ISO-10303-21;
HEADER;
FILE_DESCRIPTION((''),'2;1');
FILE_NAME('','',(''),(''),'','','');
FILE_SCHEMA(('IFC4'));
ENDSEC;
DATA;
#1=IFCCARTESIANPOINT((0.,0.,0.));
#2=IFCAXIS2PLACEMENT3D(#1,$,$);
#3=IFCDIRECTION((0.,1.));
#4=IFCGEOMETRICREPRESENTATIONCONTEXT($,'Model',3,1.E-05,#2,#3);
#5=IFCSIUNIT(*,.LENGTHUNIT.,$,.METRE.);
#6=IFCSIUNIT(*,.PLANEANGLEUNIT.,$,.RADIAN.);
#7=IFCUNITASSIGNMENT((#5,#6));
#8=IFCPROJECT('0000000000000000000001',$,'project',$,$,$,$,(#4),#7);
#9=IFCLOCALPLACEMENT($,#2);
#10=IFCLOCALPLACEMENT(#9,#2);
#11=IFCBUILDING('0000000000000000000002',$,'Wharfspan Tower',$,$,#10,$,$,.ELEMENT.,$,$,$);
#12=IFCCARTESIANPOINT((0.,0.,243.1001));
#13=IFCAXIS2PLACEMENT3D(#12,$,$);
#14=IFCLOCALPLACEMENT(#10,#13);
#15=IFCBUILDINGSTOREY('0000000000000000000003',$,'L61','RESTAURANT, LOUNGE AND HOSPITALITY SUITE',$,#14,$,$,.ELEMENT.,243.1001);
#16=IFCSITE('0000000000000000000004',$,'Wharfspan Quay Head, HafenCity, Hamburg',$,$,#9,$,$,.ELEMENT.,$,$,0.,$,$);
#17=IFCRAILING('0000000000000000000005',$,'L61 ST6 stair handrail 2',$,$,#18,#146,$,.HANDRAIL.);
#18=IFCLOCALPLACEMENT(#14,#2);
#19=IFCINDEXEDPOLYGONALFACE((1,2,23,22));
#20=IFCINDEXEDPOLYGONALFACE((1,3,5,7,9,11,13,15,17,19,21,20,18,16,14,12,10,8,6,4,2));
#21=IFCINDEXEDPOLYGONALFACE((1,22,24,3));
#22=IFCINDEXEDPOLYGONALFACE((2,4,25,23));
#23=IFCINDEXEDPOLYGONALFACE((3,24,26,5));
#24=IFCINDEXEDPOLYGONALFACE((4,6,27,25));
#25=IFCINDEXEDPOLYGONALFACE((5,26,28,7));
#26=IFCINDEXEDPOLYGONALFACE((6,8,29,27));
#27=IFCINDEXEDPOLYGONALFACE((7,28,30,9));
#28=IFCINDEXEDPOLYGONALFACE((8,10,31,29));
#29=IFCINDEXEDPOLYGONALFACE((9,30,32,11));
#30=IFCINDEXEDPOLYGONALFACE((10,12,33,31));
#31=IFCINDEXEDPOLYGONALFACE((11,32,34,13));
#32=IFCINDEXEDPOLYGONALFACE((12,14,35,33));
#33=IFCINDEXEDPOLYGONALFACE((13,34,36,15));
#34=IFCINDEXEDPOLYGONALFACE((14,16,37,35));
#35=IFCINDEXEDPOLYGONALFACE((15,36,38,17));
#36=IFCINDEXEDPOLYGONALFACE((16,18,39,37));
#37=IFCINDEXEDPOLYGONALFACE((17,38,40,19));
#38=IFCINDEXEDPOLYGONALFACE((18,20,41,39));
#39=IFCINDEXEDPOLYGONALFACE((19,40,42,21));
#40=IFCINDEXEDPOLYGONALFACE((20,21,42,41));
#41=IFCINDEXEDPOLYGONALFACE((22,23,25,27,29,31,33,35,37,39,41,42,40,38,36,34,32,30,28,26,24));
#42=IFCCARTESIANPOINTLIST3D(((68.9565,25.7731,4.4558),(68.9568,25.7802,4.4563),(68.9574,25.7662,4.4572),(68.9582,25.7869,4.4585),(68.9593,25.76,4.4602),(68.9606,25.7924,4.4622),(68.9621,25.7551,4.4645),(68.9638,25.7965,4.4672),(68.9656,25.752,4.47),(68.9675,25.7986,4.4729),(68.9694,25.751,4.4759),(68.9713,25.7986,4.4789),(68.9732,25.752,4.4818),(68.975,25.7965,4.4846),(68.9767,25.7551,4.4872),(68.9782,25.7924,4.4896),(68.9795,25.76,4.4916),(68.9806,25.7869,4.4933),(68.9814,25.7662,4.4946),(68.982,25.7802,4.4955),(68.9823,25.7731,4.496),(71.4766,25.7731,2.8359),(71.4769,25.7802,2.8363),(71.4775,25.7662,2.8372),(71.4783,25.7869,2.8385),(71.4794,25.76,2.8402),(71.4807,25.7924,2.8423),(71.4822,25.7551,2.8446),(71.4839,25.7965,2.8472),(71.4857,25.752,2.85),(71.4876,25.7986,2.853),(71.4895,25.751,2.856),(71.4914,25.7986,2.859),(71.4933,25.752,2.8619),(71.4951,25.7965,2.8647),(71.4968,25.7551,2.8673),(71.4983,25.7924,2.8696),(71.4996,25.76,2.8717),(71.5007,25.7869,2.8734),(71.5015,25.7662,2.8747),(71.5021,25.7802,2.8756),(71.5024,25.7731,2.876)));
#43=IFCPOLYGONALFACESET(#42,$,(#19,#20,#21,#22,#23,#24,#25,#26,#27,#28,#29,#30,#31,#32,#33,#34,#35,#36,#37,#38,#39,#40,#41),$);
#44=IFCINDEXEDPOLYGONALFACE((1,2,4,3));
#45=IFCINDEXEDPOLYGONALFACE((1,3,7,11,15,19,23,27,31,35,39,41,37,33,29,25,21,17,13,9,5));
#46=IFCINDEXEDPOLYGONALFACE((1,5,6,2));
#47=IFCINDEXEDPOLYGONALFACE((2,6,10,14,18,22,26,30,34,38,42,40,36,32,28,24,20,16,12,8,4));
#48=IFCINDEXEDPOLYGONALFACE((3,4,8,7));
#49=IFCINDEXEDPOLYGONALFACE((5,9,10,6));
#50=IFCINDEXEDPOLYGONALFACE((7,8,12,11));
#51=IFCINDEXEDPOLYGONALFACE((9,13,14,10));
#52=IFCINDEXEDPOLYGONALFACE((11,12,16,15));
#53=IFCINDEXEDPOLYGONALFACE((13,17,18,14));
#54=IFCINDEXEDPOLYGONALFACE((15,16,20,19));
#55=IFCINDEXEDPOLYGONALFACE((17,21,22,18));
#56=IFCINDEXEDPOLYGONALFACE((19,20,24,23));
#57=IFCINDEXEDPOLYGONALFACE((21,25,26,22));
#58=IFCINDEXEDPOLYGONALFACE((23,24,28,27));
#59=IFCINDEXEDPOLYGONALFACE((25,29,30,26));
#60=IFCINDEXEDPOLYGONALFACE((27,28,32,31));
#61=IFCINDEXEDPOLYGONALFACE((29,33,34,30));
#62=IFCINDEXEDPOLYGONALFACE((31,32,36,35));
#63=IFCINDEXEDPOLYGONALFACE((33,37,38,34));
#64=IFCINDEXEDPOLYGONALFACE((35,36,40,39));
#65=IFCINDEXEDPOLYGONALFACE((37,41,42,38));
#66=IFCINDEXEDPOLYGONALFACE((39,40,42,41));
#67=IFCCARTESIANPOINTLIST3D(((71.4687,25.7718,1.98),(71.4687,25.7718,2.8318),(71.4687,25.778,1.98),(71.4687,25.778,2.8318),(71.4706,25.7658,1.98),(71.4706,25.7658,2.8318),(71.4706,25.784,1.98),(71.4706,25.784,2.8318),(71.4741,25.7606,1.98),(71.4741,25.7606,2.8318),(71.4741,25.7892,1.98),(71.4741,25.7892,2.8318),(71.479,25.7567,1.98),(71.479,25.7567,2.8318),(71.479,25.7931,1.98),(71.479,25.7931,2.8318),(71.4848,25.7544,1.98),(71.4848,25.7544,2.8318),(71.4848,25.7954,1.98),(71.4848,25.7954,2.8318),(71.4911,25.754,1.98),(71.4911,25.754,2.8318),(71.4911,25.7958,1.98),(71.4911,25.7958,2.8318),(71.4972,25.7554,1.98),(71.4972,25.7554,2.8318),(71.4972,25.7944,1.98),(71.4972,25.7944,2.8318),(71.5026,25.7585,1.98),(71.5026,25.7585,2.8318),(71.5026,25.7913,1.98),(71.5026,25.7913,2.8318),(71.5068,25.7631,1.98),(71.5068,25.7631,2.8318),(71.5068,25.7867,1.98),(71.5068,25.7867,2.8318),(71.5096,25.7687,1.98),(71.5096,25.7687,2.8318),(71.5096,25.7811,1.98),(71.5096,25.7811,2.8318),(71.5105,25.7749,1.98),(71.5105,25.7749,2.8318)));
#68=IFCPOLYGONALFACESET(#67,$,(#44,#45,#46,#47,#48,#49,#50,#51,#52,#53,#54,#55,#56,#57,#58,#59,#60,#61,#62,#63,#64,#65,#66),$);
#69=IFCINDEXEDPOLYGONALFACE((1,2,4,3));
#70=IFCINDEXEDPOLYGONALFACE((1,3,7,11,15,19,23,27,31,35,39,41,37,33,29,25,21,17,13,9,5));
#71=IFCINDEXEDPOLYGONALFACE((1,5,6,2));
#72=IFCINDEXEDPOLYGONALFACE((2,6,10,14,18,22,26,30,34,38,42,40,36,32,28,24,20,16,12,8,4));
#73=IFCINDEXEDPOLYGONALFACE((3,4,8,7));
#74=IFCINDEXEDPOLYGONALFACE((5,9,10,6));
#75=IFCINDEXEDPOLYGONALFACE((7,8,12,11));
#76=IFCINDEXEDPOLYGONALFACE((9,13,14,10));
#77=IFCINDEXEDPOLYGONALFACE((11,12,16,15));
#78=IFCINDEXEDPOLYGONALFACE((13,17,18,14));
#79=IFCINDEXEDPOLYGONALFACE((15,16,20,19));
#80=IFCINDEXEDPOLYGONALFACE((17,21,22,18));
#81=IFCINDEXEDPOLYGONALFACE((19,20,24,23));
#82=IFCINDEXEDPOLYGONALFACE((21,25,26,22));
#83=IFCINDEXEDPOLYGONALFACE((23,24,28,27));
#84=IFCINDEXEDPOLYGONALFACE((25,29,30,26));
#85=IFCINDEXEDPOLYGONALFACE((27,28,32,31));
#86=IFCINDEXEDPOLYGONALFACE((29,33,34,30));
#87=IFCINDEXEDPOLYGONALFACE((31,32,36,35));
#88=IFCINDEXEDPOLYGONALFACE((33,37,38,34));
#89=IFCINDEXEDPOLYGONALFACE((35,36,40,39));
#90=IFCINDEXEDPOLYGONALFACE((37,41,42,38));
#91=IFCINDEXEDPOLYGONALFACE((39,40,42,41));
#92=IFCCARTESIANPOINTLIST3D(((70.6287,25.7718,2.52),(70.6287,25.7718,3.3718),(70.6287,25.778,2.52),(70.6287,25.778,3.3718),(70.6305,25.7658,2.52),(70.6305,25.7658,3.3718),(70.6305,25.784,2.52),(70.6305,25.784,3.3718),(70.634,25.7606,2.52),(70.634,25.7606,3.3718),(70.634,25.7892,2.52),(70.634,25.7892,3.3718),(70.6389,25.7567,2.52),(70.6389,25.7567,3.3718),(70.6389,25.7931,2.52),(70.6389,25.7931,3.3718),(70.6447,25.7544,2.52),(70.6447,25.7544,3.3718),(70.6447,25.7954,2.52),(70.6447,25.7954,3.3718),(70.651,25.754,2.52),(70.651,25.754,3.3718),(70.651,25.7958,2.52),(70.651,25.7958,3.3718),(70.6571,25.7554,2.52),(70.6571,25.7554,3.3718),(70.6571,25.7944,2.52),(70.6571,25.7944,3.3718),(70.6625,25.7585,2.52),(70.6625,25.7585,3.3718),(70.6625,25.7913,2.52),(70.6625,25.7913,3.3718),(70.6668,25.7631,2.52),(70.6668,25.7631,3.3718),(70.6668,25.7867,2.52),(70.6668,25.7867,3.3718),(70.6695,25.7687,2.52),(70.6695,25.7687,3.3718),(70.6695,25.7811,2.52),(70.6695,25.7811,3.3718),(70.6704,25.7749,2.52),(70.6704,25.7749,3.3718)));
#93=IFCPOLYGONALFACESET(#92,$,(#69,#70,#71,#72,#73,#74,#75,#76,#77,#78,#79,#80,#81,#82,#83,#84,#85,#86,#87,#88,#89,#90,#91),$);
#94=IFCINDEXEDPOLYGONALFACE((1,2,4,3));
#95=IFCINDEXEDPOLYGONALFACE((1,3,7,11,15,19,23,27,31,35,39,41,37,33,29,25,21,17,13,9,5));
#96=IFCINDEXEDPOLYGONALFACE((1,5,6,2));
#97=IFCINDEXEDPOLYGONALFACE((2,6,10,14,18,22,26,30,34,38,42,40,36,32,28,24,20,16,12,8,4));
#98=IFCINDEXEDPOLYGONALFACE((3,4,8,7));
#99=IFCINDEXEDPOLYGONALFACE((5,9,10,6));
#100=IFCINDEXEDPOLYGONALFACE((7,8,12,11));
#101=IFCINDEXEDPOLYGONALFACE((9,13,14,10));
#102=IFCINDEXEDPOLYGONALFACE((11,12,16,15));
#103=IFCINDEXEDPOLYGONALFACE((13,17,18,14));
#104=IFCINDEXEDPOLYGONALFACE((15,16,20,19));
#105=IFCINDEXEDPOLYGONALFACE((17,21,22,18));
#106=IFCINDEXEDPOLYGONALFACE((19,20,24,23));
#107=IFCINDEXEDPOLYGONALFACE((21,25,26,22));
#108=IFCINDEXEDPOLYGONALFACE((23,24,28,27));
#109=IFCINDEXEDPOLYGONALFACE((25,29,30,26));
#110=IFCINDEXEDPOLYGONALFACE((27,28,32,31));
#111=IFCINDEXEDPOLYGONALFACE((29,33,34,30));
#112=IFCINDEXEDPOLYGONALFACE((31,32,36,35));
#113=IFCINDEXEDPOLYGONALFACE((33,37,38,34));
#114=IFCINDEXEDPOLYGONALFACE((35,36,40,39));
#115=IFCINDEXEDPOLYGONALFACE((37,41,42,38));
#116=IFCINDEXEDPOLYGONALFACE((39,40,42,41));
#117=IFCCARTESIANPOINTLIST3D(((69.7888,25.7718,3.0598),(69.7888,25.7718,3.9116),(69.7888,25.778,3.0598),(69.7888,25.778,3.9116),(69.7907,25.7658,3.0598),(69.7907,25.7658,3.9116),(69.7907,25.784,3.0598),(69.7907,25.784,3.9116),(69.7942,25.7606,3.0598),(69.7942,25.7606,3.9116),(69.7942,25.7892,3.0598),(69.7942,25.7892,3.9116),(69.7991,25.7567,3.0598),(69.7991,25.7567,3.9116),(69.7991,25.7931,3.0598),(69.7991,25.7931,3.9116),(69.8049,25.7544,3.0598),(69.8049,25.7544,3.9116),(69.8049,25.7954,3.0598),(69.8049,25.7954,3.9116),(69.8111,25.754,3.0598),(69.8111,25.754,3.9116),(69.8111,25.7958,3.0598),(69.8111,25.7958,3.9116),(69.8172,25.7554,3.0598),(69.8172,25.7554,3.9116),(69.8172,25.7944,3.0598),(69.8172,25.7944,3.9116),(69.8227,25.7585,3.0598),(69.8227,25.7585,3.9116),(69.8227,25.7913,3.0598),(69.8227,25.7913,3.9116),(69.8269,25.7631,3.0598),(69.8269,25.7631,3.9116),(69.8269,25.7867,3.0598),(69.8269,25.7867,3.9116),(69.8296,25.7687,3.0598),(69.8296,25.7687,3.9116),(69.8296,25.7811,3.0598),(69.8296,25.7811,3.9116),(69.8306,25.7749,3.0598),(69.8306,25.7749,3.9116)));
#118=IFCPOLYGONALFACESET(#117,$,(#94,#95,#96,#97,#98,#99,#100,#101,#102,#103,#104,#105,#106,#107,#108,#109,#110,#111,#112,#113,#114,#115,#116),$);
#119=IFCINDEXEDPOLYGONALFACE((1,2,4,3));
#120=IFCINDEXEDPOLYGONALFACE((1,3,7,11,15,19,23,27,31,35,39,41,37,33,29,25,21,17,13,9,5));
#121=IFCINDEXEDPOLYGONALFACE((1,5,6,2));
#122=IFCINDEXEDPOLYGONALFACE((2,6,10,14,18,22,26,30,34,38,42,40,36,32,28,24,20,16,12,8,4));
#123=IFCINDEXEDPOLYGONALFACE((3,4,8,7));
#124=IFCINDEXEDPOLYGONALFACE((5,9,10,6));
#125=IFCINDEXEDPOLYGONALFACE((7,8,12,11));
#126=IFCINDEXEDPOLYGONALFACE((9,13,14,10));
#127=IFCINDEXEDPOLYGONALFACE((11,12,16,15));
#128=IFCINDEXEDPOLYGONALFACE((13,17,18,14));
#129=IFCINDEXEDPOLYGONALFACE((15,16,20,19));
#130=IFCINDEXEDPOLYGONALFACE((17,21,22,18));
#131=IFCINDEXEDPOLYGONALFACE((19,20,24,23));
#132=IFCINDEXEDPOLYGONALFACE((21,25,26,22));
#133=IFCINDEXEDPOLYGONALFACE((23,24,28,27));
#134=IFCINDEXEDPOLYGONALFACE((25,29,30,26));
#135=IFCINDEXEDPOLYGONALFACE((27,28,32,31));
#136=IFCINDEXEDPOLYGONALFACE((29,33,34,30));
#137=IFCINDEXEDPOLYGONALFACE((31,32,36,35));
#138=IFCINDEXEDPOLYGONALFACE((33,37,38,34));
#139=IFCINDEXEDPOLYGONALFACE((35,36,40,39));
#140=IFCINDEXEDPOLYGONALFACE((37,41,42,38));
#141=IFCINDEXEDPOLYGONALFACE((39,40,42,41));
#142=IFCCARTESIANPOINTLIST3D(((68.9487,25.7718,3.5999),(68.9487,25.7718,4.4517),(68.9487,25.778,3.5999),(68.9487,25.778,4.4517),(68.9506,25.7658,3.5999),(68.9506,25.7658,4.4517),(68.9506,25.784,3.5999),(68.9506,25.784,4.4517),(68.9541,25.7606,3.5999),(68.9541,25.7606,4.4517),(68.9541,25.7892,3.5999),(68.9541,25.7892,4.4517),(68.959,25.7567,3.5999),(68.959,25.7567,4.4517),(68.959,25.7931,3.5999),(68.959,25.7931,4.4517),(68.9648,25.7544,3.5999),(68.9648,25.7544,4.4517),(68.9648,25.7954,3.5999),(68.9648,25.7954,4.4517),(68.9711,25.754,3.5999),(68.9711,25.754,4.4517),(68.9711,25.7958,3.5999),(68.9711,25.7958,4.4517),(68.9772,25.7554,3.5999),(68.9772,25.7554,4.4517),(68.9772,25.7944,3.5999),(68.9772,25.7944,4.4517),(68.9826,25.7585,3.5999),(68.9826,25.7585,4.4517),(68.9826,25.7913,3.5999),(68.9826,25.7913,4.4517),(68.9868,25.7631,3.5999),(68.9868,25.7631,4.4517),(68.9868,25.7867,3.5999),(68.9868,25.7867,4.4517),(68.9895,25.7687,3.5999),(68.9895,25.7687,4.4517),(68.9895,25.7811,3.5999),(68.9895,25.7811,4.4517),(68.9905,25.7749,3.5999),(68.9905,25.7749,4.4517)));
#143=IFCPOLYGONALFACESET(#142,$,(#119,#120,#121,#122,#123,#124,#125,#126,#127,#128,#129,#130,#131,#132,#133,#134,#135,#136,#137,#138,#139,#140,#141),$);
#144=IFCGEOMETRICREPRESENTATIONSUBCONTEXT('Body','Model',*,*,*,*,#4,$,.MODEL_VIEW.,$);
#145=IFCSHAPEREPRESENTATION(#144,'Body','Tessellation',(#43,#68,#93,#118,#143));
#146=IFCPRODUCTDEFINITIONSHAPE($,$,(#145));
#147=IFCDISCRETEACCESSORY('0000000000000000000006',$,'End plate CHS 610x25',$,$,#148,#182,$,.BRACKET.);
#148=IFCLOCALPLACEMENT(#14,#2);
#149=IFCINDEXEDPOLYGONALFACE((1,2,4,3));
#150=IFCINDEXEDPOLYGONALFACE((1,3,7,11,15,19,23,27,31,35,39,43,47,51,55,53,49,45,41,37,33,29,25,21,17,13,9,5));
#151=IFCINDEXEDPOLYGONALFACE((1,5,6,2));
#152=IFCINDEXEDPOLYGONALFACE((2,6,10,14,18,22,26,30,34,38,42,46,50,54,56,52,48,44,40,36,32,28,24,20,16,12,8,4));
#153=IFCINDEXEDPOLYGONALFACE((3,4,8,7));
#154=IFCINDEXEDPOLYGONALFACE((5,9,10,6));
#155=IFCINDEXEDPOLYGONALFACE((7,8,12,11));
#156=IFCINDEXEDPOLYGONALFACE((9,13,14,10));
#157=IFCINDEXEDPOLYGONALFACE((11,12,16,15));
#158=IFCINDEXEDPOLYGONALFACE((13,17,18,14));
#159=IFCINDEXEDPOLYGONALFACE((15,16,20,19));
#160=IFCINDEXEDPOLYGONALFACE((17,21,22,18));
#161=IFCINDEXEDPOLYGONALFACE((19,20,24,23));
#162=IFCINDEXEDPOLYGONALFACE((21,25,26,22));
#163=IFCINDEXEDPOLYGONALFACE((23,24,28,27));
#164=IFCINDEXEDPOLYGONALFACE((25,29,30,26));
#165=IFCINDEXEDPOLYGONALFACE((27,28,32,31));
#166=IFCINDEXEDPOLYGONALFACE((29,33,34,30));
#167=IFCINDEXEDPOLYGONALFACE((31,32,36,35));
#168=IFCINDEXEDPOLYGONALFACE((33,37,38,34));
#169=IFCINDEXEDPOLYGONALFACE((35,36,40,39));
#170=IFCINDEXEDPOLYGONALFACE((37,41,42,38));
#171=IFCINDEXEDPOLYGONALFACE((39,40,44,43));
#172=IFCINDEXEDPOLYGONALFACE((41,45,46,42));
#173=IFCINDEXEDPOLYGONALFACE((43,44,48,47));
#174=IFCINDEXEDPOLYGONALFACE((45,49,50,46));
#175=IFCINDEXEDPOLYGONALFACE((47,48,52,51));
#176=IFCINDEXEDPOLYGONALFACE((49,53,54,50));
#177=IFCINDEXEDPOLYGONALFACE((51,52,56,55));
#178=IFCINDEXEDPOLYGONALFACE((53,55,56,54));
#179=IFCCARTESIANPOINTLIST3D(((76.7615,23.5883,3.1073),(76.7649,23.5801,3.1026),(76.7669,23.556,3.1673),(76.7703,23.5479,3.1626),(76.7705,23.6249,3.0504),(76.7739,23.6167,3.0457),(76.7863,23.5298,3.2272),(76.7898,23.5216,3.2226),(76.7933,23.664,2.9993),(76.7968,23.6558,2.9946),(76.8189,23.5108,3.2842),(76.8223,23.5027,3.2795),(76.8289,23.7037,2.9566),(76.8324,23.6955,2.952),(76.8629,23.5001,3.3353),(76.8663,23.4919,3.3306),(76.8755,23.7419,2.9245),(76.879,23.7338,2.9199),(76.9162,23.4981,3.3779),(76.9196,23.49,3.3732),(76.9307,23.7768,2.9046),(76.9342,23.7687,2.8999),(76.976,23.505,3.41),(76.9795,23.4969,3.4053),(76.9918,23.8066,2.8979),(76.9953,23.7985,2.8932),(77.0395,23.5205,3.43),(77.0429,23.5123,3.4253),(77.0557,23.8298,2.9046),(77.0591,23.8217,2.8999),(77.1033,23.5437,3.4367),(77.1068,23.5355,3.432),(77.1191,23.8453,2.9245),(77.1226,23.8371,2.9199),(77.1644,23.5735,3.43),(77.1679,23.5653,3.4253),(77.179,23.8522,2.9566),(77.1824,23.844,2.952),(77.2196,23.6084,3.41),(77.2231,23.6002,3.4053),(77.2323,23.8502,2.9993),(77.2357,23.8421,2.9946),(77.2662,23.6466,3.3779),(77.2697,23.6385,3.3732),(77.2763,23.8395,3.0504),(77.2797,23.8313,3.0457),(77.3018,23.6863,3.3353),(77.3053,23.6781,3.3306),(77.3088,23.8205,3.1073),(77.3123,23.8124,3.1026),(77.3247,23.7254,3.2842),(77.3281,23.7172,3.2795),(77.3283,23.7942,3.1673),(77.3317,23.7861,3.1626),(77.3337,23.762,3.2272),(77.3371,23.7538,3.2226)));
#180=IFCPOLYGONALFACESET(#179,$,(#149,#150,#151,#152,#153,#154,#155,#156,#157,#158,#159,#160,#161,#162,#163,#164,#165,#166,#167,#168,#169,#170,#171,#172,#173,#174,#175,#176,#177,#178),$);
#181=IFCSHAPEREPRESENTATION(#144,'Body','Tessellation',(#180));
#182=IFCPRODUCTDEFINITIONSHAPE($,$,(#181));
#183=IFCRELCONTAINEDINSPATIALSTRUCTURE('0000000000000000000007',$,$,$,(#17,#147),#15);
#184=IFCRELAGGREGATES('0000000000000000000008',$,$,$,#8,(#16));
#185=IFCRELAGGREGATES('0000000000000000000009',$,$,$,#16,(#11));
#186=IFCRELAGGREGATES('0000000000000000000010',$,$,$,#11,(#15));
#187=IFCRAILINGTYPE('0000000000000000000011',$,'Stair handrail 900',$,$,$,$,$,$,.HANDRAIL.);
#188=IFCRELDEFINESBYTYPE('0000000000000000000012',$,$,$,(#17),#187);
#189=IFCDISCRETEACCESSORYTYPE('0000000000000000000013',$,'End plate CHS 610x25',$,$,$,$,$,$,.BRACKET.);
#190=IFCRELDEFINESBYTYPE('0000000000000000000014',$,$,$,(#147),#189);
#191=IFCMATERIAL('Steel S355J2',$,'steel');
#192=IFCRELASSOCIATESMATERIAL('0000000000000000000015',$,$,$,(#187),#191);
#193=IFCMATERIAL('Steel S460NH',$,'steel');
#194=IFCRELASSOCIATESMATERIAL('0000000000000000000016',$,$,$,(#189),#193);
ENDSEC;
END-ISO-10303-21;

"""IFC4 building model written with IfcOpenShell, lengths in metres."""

from ifc_helpers import new_model, si_unit, direction, frame, origin, origin_2d, place, context, subcontext, project, spatial, circle, extrude, material, material_profile, profile_set, type_object, element, save


model = new_model("IFC4")

# Units and contexts
model_context = context("Model", 3, precision=1e-05, world=origin(), true_north=direction((0.0, 1.0)))
body_context = subcontext(model_context, "Body", "Model", "MODEL_VIEW")
ifc_project = project(units=[si_unit("LENGTHUNIT", "METRE"), si_unit("PLANEANGLEUNIT", "RADIAN")], contexts=[model_context])

# Site, building, storey
site_placement = place(None, origin())
site = spatial("IfcSite", under=ifc_project, at=site_placement, Name="Wharfspan Quay Head, HafenCity, Hamburg", CompositionType="ELEMENT", RefElevation=0.0)
building_placement = place(site_placement, origin())
building = spatial("IfcBuilding", under=site, at=building_placement, Name="Wharfspan Tower", CompositionType="ELEMENT")
storey_placement = place(building_placement, frame((0.0, 0.0, 243.1001)))
storey = spatial("IfcBuildingStorey", under=building, at=storey_placement, Name="L61", Description="RESTAURANT, LOUNGE AND HOSPITALITY SUITE", CompositionType="ELEMENT", Elevation=243.1001)

# Shared definitions
ifc_material_1 = material(Name="Steel S355J2", Category="steel")

# Shared definitions
ifc_material_2 = material(Name="Steel S460NH", Category="steel")

# Railing
railing_type_1 = type_object("IfcRailingType", Name="Stair handrail 900", PredefinedType="HANDRAIL", material=ifc_material_1)
railing_1_placement = place(storey_placement, frame((71.4895, 25.7749, 1.98)))
element("IfcRailing", 1, at=railing_1_placement, inside=storey, type_object=railing_type_1, Name="L61 ST6 stair handrail 2", PredefinedType="HANDRAIL", context=body_context, shape_type="SweptSolid", body=[
    extrude(circle(Radius=0.0239, at=origin_2d()), frame((0.0, 0.0, 0.876), z_axis=(-0.8412, 0.0, 0.540725), x_axis=(0.0, -1.0, 0.0)), (0.0, 0.0, 1.0), 2.9958),
    extrude(circle(Radius=0.021, at=origin_2d()), origin(), (0.0, 0.0, 1.0), 0.8518),
    extrude(circle(Radius=0.021, at=origin_2d()), frame((-0.8401, 0.0, 0.54)), (0.0, 0.0, 1.0), 0.8518),
    extrude(circle(Radius=0.021, at=origin_2d()), frame((-1.6799, 0.0, 1.0798)), (0.0, 0.0, 1.0), 0.8518),
    extrude(circle(Radius=0.021, at=origin_2d()), frame((-2.52, 0.0, 1.6199)), (0.0, 0.0, 1.0), 0.8518),
])

# Discrete accessory
ifc_material_profile_1 = material_profile(ifc_material_2, circle(Radius=0.3049, at=origin_2d()))
ifc_profile_set_1 = profile_set([ifc_material_profile_1], Name="Steel S460NH")
discrete_accessory_type = type_object("IfcDiscreteAccessoryType", Name="End plate CHS 610x25", PredefinedType="BRACKET", material=ifc_profile_set_1)
for number, where, z_axis, x_axis, name in (
    (2, (77.051, 23.667, 3.1626), (-0.345075, 0.81339, 0.468316), (-0.920586, -0.390551, -0.000002), "End plate CHS 610x25"),
):
    element("IfcDiscreteAccessory", number, at=place(storey_placement, frame(where, z_axis=z_axis, x_axis=x_axis)), inside=storey, type_object=discrete_accessory_type, Name=name, PredefinedType="BRACKET", context=body_context, shape_type="SweptSolid", body=[
        extrude(circle(Radius=0.3049, at=origin_2d()), origin(), (0.0, 0.0, 1.0), 0.01),
    ])

save(model, "model.ifc")
